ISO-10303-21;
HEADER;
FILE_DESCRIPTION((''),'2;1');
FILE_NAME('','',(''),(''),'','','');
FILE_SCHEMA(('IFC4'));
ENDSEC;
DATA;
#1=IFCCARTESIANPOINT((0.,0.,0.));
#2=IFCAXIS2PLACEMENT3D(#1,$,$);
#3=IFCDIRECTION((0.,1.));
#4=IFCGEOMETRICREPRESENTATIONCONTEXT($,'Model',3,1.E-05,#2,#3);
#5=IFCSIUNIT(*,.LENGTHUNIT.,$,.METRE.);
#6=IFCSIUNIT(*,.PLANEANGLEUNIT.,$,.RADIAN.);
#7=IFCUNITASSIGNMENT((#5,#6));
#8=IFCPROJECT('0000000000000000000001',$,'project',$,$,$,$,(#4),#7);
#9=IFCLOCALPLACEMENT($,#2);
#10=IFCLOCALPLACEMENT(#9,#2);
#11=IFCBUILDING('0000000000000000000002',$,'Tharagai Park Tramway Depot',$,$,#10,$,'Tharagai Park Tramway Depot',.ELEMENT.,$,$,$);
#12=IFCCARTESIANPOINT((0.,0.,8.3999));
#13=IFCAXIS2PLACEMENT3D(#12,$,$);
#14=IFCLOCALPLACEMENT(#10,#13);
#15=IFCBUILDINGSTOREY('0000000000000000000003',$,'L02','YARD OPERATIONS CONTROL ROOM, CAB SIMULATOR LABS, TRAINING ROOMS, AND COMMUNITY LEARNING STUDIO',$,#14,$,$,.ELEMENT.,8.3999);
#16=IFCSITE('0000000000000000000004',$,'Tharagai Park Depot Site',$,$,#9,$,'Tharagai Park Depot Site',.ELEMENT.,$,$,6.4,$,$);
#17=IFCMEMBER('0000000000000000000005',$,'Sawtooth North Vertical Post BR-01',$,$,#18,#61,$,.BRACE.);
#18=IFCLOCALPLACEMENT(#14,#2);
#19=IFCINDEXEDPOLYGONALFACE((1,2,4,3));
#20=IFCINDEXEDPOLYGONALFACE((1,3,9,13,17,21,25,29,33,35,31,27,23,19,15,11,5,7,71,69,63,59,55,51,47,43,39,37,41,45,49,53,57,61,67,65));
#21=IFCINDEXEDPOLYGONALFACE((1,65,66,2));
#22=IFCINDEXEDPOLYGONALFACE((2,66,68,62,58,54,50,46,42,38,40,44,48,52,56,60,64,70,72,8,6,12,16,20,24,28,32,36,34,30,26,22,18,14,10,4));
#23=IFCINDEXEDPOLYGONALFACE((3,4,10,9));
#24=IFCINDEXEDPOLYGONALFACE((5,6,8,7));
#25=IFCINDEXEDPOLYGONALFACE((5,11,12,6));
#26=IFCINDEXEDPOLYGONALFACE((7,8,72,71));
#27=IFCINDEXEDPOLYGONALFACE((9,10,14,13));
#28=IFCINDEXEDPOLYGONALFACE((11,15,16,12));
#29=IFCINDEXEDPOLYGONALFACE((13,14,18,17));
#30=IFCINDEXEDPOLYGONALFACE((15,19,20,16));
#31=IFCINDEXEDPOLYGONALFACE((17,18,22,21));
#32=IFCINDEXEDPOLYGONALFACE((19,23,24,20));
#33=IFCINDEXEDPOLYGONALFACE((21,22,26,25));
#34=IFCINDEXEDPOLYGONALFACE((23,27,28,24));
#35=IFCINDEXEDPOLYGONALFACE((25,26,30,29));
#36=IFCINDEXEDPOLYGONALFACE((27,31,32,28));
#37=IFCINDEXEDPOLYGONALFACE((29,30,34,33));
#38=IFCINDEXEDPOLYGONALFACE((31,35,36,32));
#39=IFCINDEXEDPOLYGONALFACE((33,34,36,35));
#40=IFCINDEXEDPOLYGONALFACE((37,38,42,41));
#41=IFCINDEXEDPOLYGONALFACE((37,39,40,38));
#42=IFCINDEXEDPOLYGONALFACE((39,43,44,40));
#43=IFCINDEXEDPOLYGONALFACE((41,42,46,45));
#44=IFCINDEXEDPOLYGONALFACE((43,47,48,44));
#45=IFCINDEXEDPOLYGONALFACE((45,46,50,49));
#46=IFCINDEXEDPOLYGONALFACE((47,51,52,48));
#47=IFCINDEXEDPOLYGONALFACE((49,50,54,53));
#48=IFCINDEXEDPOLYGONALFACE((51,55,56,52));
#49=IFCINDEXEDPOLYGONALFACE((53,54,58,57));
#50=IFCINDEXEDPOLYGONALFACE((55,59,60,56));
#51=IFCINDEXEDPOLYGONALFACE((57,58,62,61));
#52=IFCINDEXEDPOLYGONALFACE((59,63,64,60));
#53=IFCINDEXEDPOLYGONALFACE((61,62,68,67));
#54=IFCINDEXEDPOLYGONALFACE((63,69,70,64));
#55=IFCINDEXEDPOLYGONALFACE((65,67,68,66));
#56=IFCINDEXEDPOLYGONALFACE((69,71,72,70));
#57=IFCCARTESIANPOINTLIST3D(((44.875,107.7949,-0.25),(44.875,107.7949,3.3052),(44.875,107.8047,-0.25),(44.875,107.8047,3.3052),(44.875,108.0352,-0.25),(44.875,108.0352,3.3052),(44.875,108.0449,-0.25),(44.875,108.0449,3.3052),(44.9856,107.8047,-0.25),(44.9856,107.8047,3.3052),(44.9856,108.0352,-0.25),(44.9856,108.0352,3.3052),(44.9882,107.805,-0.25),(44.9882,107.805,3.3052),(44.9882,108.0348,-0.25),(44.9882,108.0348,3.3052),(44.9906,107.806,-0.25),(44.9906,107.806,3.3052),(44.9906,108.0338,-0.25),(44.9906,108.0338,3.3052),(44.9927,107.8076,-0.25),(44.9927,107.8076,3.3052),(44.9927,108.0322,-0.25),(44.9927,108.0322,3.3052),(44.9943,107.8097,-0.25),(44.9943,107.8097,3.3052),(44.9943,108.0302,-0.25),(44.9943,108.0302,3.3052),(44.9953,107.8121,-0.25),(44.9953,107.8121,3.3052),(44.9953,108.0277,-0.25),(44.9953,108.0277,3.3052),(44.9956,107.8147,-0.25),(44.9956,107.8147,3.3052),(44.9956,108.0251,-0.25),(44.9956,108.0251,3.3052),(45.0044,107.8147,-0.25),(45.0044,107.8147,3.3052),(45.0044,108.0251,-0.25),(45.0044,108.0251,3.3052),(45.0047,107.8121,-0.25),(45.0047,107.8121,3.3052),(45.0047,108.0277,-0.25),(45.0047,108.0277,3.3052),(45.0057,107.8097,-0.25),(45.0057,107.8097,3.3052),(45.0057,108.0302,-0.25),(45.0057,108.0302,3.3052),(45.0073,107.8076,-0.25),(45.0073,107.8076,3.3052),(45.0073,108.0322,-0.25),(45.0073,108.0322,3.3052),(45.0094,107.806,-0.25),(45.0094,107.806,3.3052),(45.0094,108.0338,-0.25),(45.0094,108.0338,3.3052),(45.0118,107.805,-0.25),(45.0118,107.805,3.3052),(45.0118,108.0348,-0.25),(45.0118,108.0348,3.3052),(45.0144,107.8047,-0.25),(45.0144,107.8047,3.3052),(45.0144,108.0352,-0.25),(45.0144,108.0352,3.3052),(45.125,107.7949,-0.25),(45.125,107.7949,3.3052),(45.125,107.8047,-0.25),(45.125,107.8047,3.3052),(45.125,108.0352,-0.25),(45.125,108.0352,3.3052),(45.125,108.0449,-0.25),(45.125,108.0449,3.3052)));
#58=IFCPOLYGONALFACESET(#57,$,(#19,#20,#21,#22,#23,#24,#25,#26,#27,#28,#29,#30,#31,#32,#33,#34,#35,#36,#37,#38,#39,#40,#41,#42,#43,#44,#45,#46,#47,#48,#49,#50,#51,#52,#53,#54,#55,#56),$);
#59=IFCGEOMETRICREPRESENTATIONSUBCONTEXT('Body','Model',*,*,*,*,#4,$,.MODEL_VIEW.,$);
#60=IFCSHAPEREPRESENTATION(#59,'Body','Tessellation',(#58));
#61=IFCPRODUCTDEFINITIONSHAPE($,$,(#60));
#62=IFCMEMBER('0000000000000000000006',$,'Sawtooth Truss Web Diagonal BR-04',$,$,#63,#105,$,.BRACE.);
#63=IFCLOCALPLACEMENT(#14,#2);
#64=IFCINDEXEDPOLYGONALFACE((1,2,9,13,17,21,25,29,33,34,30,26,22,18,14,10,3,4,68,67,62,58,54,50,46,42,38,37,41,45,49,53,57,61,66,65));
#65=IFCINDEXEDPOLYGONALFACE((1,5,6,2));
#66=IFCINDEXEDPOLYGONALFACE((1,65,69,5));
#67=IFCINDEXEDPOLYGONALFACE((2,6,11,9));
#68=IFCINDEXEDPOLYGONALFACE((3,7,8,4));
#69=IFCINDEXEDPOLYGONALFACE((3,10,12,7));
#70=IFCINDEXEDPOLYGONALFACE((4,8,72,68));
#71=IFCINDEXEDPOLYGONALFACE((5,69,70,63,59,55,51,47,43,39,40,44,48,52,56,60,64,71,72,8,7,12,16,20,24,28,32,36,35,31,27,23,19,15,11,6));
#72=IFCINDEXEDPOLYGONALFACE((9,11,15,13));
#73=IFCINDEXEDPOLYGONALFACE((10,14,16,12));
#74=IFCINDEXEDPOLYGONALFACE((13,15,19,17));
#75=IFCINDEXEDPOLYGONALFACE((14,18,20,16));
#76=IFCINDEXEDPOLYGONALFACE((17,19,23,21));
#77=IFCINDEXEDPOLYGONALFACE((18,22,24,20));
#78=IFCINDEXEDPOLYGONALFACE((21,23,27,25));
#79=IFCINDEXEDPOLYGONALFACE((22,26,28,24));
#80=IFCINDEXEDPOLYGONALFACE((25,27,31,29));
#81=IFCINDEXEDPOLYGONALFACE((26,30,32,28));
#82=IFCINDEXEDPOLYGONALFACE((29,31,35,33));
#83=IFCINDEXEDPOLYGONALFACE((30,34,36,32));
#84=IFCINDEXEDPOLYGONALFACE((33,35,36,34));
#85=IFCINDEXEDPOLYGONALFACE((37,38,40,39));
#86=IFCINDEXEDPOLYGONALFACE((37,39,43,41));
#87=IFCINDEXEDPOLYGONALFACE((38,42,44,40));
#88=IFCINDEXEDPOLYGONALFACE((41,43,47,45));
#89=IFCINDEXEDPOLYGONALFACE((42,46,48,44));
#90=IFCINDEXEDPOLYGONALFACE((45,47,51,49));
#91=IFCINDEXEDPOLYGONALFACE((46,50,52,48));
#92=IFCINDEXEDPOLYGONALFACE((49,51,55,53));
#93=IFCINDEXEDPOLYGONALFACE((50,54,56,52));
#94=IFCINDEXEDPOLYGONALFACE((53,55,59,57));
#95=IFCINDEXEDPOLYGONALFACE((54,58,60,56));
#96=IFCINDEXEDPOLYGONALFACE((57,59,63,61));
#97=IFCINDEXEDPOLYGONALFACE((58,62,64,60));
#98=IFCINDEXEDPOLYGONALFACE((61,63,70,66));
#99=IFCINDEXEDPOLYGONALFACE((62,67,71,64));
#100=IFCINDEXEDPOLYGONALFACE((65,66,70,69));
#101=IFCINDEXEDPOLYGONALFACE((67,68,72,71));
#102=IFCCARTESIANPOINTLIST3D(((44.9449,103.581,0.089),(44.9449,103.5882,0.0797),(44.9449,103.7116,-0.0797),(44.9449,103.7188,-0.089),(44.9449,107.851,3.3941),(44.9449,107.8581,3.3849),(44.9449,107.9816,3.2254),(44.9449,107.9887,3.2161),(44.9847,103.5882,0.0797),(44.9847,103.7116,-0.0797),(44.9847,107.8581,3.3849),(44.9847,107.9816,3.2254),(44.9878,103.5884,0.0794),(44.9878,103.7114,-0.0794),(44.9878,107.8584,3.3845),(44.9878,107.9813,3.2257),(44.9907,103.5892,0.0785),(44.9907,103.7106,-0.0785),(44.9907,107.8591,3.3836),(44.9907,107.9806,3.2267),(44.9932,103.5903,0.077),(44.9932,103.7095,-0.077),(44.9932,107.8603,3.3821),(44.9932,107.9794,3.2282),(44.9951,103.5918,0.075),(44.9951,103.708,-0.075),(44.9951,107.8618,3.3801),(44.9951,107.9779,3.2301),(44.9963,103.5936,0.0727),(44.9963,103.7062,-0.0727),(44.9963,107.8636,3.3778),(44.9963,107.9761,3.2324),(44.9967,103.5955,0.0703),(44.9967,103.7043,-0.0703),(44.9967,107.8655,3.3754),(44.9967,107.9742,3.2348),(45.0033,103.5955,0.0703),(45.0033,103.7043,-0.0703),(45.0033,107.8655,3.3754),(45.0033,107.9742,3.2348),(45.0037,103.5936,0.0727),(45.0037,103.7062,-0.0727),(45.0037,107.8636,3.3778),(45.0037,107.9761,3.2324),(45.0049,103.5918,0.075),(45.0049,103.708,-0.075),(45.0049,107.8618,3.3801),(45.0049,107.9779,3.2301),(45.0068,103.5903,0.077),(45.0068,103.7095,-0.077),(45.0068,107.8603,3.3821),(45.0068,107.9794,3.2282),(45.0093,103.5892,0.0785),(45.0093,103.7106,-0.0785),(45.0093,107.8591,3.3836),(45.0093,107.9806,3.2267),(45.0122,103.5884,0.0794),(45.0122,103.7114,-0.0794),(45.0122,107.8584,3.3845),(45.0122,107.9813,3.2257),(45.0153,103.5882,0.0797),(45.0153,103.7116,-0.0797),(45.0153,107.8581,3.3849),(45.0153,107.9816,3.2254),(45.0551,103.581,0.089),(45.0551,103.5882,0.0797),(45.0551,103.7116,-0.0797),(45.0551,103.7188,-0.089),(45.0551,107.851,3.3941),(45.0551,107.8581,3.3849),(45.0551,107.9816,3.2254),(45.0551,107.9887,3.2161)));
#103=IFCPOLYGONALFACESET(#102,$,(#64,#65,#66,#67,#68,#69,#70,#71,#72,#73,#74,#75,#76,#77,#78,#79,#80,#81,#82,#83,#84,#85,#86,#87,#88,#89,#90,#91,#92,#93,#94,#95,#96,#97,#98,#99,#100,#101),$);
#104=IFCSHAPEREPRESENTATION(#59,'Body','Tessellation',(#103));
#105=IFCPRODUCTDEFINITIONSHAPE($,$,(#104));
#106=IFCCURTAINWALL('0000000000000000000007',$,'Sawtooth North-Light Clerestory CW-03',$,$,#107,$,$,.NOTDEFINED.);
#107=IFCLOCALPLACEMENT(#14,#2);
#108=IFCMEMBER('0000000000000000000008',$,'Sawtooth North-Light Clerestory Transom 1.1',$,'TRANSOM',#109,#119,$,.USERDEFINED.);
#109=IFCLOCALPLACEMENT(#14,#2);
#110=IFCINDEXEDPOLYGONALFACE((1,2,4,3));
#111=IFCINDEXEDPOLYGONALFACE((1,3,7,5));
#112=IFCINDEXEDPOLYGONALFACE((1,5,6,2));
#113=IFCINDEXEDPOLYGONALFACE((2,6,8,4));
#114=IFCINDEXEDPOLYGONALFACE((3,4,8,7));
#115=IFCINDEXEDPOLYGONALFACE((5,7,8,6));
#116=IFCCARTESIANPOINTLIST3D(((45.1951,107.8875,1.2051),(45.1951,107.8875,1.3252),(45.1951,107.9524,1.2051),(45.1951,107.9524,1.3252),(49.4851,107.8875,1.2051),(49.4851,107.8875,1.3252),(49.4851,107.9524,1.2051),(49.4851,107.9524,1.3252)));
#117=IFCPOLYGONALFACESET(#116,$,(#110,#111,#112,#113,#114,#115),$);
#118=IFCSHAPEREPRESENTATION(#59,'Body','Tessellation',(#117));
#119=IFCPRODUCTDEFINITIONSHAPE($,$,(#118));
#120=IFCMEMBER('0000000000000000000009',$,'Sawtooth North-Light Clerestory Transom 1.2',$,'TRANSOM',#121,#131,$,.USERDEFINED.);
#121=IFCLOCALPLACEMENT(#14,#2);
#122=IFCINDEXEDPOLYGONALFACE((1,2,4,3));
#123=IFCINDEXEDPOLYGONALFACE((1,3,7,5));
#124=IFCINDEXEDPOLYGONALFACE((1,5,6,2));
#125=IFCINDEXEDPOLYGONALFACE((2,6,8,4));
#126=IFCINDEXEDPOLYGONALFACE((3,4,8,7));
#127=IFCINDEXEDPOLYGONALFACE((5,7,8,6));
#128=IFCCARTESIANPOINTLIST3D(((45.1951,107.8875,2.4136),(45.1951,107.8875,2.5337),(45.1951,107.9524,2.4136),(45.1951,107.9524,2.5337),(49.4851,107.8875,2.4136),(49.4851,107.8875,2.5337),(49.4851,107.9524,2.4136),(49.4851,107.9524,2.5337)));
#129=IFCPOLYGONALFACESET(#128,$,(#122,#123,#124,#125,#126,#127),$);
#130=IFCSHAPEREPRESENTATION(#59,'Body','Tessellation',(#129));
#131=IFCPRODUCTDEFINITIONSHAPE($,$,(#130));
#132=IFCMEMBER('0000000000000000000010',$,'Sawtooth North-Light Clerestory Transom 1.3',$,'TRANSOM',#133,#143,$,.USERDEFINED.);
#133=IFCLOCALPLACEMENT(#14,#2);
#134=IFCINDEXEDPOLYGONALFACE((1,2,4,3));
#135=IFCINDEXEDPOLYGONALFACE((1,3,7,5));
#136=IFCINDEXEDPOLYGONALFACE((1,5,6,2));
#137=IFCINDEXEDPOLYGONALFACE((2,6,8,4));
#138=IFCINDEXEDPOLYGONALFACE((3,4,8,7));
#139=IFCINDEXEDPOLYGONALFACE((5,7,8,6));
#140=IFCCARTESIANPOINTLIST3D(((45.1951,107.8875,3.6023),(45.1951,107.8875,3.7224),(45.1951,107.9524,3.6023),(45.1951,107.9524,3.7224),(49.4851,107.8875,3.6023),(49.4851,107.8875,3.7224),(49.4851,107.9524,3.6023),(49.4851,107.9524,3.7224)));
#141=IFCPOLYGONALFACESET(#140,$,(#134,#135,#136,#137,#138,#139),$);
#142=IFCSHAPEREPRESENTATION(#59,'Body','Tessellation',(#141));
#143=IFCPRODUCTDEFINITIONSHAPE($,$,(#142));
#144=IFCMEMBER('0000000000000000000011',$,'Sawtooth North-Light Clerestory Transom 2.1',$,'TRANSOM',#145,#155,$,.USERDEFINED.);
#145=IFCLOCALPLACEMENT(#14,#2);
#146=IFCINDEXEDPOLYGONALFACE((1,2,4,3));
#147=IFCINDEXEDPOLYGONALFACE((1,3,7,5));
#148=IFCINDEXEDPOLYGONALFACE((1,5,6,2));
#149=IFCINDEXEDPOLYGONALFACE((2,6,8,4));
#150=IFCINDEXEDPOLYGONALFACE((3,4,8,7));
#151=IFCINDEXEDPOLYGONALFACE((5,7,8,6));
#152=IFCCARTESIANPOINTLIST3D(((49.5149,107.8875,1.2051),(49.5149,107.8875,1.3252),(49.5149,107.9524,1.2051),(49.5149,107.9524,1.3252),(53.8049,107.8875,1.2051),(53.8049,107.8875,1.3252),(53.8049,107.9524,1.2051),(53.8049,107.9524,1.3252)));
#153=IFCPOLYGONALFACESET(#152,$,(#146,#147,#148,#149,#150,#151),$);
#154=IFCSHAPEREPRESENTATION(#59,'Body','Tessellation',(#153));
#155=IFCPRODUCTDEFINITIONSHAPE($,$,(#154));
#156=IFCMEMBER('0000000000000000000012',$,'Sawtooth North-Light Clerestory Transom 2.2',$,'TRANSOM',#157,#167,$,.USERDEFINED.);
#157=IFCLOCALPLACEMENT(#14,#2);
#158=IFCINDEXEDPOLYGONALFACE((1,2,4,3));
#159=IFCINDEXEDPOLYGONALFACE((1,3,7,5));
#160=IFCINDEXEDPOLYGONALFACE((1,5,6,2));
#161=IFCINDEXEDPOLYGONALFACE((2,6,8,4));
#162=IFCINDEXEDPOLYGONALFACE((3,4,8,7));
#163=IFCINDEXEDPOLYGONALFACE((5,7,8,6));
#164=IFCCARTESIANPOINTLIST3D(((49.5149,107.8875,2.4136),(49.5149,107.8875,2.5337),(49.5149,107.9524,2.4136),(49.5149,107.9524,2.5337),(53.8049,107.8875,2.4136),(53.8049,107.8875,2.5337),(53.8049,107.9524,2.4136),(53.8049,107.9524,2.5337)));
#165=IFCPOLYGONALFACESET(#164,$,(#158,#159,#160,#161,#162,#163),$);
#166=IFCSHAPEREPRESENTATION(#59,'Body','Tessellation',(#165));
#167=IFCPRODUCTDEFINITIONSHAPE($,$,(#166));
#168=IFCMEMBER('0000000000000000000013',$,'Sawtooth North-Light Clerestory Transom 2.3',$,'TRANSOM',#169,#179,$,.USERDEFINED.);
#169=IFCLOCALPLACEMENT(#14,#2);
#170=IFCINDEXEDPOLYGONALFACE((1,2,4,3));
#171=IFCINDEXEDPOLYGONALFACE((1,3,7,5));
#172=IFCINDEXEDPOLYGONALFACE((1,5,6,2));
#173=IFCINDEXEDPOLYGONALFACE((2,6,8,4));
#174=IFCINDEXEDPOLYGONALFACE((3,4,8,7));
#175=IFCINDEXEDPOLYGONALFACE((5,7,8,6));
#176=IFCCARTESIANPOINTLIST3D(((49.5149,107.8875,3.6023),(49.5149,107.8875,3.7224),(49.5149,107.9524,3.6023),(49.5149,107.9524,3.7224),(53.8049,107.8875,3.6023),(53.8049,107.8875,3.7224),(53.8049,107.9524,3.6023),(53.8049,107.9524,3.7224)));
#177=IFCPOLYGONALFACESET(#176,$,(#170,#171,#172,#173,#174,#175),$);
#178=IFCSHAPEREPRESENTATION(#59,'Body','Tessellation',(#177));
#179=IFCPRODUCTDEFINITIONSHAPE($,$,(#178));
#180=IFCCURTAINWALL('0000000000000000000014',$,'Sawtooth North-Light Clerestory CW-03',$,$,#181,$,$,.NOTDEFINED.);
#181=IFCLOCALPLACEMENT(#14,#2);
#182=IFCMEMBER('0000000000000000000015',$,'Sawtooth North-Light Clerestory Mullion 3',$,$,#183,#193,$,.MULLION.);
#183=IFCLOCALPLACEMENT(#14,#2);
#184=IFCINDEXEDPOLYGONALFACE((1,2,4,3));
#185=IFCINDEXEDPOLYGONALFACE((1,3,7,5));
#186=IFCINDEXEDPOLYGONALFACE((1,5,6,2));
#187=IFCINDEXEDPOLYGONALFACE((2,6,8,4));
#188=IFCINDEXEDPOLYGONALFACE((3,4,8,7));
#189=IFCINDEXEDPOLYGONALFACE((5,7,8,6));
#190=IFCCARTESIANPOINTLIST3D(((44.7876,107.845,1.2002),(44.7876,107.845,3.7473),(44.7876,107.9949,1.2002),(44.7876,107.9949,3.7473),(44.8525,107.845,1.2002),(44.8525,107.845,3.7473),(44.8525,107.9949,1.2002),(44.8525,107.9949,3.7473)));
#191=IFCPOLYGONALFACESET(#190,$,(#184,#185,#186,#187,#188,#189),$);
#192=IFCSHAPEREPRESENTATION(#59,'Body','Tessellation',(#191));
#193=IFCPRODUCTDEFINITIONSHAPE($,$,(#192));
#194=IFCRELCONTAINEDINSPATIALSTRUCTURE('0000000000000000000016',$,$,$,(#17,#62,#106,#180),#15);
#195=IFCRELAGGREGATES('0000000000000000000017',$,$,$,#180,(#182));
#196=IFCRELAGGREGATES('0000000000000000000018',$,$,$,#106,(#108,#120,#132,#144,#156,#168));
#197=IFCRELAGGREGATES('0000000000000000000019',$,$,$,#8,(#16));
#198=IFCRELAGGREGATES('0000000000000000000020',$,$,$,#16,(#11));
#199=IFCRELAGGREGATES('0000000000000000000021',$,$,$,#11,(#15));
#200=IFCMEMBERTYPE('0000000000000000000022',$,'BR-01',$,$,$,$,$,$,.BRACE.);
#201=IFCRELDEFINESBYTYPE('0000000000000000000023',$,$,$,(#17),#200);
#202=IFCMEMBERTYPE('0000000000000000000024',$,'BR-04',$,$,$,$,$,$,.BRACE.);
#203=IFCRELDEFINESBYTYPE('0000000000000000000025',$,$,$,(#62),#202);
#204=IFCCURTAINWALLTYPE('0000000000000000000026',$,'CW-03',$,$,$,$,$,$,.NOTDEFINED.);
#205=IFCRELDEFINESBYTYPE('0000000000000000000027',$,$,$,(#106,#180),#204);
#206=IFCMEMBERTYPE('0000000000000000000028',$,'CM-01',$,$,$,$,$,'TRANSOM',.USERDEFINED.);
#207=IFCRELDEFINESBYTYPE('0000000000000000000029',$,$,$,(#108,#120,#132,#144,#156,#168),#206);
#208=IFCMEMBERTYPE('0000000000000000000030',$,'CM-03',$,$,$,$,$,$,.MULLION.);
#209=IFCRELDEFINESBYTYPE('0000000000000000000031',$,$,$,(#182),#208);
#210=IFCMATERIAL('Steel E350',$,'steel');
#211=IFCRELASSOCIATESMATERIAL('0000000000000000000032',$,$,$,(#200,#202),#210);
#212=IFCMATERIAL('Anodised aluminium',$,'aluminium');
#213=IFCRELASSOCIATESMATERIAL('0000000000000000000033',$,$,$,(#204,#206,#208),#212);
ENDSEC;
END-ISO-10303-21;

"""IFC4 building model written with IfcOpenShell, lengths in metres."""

from ifc_helpers import new_model, si_unit, direction, frame, origin, origin_2d, place, context, subcontext, project, spatial, rectangle, i_section, extrude, material, material_profile, profile_set, type_object, element, aggregate, save


model = new_model("IFC4")

# Units and contexts
model_context = context("Model", 3, precision=1e-05, world=origin(), true_north=direction((0.0, 1.0)))
body_context = subcontext(model_context, "Body", "Model", "MODEL_VIEW")
ifc_project = project(units=[si_unit("LENGTHUNIT", "METRE"), si_unit("PLANEANGLEUNIT", "RADIAN")], contexts=[model_context])

# Site, building, storey
site_placement = place(None, origin())
site = spatial("IfcSite", under=ifc_project, at=site_placement, Name="Tharagai Park Depot Site", LongName="Tharagai Park Depot Site", CompositionType="ELEMENT", RefElevation=6.4)
building_placement = place(site_placement, origin())
building = spatial("IfcBuilding", under=site, at=building_placement, Name="Tharagai Park Tramway Depot", LongName="Tharagai Park Tramway Depot", CompositionType="ELEMENT")
storey_placement = place(building_placement, frame((0.0, 0.0, 8.3999)))
storey = spatial("IfcBuildingStorey", under=building, at=storey_placement, Name="L02", Description="YARD OPERATIONS CONTROL ROOM, CAB SIMULATOR LABS, TRAINING ROOMS, AND COMMUNITY LEARNING STUDIO", CompositionType="ELEMENT", Elevation=8.3999)

# Members
ifc_material_1 = material(Name="Steel E350", Category="steel")
ifc_material_profile_1 = material_profile(ifc_material_1, i_section(OverallWidth=0.25, OverallDepth=0.25, WebThickness=0.0088, FlangeThickness=0.0098, FilletRadius=0.01, at=origin_2d()), Name="ISHB 250")
ifc_profile_set_1 = profile_set([ifc_material_profile_1], Name="Steel E350")
member_type_1 = type_object("IfcMemberType", Name="BR-01", PredefinedType="BRACE", material=ifc_profile_set_1)
member_1_placement = place(storey_placement, frame((45.0, 107.9199, -0.25), z_axis=(0.0, 0.0, 1.0), x_axis=(1.0, 0.0, 0.0)))
element("IfcMember", 1, at=member_1_placement, inside=storey, type_object=member_type_1, Name="Sawtooth North Vertical Post BR-01", PredefinedType="BRACE", context=body_context, shape_type="SweptSolid", body=[
    extrude(i_section(OverallWidth=0.25, OverallDepth=0.25, WebThickness=0.0088, FlangeThickness=0.0098, FilletRadius=0.01, at=origin_2d()), origin(), (0.0, 0.0, 1.0), 3.5552),
])
ifc_material_profile_2 = material_profile(ifc_material_1, i_section(OverallWidth=0.1101, OverallDepth=0.2251, WebThickness=0.0066, FlangeThickness=0.0117, FilletRadius=0.012, at=origin_2d()), Name="ISMB 225")
ifc_profile_set_2 = profile_set([ifc_material_profile_2], Name="Steel E350")
member_type_2 = type_object("IfcMemberType", Name="BR-04", PredefinedType="BRACE", material=ifc_profile_set_2)
member_2_placement = place(storey_placement, frame((45.0, 103.6499, 0.0), z_axis=(0.0, 0.790782, 0.612098), x_axis=(-1.0, 0.0, 0.0)))
element("IfcMember", 2, at=member_2_placement, inside=storey, type_object=member_type_2, Name="Sawtooth Truss Web Diagonal BR-04", PredefinedType="BRACE", context=body_context, shape_type="SweptSolid", body=[
    extrude(i_section(OverallWidth=0.1101, OverallDepth=0.2251, WebThickness=0.0066, FlangeThickness=0.0117, FilletRadius=0.012, at=origin_2d()), origin(), (0.0, 0.0, 1.0), 5.3997),
])

# Curtain wall, members
ifc_material_2 = material(Name="Anodised aluminium", Category="aluminium")
curtain_wall_type = type_object("IfcCurtainWallType", Name="CW-03", PredefinedType="NOTDEFINED", material=ifc_material_2)
curtain_wall_1_placement = place(storey_placement, origin())
curtain_wall_1 = element("IfcCurtainWall", 3, at=curtain_wall_1_placement, inside=storey, type_object=curtain_wall_type, Name="Sawtooth North-Light Clerestory CW-03", PredefinedType="NOTDEFINED")
ifc_material_profile_3 = material_profile(ifc_material_2, rectangle(XDim=0.0649, YDim=0.1201, at=origin_2d()), Name="ALU 65x120")
ifc_profile_set_3 = profile_set([ifc_material_profile_3], Name="Anodised aluminium")
member_type_3 = type_object("IfcMemberType", Name="CM-01", ElementType="TRANSOM", PredefinedType="USERDEFINED", material=ifc_profile_set_3)
member_3_placement = place(storey_placement, frame((45.1951, 107.9199, 1.2651), z_axis=(1.0, 0.0, 0.0), x_axis=(0.0, 1.0, 0.0)))
member_3 = element("IfcMember", 4, at=member_3_placement, type_object=member_type_3, Name="Sawtooth North-Light Clerestory Transom 1.1", ObjectType="TRANSOM", PredefinedType="USERDEFINED", context=body_context, shape_type="SweptSolid", body=[
    extrude(rectangle(XDim=0.0649, YDim=0.1201, at=origin_2d()), origin(), (0.0, 0.0, 1.0), 4.29),
])
member_4_placement = place(storey_placement, frame((45.1951, 107.9199, 2.4736), z_axis=(1.0, 0.0, 0.0), x_axis=(0.0, 1.0, 0.0)))
member_4 = element("IfcMember", 5, at=member_4_placement, type_object=member_type_3, Name="Sawtooth North-Light Clerestory Transom 1.2", ObjectType="TRANSOM", PredefinedType="USERDEFINED", context=body_context, shape_type="SweptSolid", body=[
    extrude(rectangle(XDim=0.0649, YDim=0.1201, at=origin_2d()), origin(), (0.0, 0.0, 1.0), 4.29),
])
member_5_placement = place(storey_placement, frame((45.1951, 107.9199, 3.6624), z_axis=(1.0, 0.0, 0.0), x_axis=(0.0, 1.0, 0.0)))
member_5 = element("IfcMember", 6, at=member_5_placement, type_object=member_type_3, Name="Sawtooth North-Light Clerestory Transom 1.3", ObjectType="TRANSOM", PredefinedType="USERDEFINED", context=body_context, shape_type="SweptSolid", body=[
    extrude(rectangle(XDim=0.0649, YDim=0.1201, at=origin_2d()), origin(), (0.0, 0.0, 1.0), 4.29),
])
member_6_placement = place(storey_placement, frame((49.5149, 107.9199, 1.2651), z_axis=(1.0, 0.0, 0.0), x_axis=(0.0, 1.0, 0.0)))
member_6 = element("IfcMember", 7, at=member_6_placement, type_object=member_type_3, Name="Sawtooth North-Light Clerestory Transom 2.1", ObjectType="TRANSOM", PredefinedType="USERDEFINED", context=body_context, shape_type="SweptSolid", body=[
    extrude(rectangle(XDim=0.0649, YDim=0.1201, at=origin_2d()), origin(), (0.0, 0.0, 1.0), 4.29),
])
member_7_placement = place(storey_placement, frame((49.5149, 107.9199, 2.4736), z_axis=(1.0, 0.0, 0.0), x_axis=(0.0, 1.0, 0.0)))
member_7 = element("IfcMember", 8, at=member_7_placement, type_object=member_type_3, Name="Sawtooth North-Light Clerestory Transom 2.2", ObjectType="TRANSOM", PredefinedType="USERDEFINED", context=body_context, shape_type="SweptSolid", body=[
    extrude(rectangle(XDim=0.0649, YDim=0.1201, at=origin_2d()), origin(), (0.0, 0.0, 1.0), 4.29),
])
member_8_placement = place(storey_placement, frame((49.5149, 107.9199, 3.6624), z_axis=(1.0, 0.0, 0.0), x_axis=(0.0, 1.0, 0.0)))
member_8 = element("IfcMember", 9, at=member_8_placement, type_object=member_type_3, Name="Sawtooth North-Light Clerestory Transom 2.3", ObjectType="TRANSOM", PredefinedType="USERDEFINED", context=body_context, shape_type="SweptSolid", body=[
    extrude(rectangle(XDim=0.0649, YDim=0.1201, at=origin_2d()), origin(), (0.0, 0.0, 1.0), 4.29),
])

# Curtain wall, member
curtain_wall_2_placement = place(storey_placement, origin())
curtain_wall_2 = element("IfcCurtainWall", 10, at=curtain_wall_2_placement, inside=storey, type_object=curtain_wall_type, Name="Sawtooth North-Light Clerestory CW-03", PredefinedType="NOTDEFINED")
ifc_material_profile_4 = material_profile(ifc_material_2, rectangle(XDim=0.0649, YDim=0.1499, at=origin_2d()), Name="ALU 65x150")
ifc_profile_set_4 = profile_set([ifc_material_profile_4], Name="Anodised aluminium")
member_type_4 = type_object("IfcMemberType", Name="CM-03", PredefinedType="MULLION", material=ifc_profile_set_4)
member_9_placement = place(storey_placement, frame((44.8201, 107.9199, 1.2002), z_axis=(0.0, 0.0, 1.0), x_axis=(1.0, 0.0, 0.0)))
member_9 = element("IfcMember", 11, at=member_9_placement, type_object=member_type_4, Name="Sawtooth North-Light Clerestory Mullion 3", PredefinedType="MULLION", context=body_context, shape_type="SweptSolid", body=[
    extrude(rectangle(XDim=0.0649, YDim=0.1499, at=origin_2d()), origin(), (0.0, 0.0, 1.0), 2.5471),
])

aggregate(curtain_wall_2, [member_9])
aggregate(curtain_wall_1, [member_3, member_4, member_5, member_6, member_7, member_8])

save(model, "model.ifc")
